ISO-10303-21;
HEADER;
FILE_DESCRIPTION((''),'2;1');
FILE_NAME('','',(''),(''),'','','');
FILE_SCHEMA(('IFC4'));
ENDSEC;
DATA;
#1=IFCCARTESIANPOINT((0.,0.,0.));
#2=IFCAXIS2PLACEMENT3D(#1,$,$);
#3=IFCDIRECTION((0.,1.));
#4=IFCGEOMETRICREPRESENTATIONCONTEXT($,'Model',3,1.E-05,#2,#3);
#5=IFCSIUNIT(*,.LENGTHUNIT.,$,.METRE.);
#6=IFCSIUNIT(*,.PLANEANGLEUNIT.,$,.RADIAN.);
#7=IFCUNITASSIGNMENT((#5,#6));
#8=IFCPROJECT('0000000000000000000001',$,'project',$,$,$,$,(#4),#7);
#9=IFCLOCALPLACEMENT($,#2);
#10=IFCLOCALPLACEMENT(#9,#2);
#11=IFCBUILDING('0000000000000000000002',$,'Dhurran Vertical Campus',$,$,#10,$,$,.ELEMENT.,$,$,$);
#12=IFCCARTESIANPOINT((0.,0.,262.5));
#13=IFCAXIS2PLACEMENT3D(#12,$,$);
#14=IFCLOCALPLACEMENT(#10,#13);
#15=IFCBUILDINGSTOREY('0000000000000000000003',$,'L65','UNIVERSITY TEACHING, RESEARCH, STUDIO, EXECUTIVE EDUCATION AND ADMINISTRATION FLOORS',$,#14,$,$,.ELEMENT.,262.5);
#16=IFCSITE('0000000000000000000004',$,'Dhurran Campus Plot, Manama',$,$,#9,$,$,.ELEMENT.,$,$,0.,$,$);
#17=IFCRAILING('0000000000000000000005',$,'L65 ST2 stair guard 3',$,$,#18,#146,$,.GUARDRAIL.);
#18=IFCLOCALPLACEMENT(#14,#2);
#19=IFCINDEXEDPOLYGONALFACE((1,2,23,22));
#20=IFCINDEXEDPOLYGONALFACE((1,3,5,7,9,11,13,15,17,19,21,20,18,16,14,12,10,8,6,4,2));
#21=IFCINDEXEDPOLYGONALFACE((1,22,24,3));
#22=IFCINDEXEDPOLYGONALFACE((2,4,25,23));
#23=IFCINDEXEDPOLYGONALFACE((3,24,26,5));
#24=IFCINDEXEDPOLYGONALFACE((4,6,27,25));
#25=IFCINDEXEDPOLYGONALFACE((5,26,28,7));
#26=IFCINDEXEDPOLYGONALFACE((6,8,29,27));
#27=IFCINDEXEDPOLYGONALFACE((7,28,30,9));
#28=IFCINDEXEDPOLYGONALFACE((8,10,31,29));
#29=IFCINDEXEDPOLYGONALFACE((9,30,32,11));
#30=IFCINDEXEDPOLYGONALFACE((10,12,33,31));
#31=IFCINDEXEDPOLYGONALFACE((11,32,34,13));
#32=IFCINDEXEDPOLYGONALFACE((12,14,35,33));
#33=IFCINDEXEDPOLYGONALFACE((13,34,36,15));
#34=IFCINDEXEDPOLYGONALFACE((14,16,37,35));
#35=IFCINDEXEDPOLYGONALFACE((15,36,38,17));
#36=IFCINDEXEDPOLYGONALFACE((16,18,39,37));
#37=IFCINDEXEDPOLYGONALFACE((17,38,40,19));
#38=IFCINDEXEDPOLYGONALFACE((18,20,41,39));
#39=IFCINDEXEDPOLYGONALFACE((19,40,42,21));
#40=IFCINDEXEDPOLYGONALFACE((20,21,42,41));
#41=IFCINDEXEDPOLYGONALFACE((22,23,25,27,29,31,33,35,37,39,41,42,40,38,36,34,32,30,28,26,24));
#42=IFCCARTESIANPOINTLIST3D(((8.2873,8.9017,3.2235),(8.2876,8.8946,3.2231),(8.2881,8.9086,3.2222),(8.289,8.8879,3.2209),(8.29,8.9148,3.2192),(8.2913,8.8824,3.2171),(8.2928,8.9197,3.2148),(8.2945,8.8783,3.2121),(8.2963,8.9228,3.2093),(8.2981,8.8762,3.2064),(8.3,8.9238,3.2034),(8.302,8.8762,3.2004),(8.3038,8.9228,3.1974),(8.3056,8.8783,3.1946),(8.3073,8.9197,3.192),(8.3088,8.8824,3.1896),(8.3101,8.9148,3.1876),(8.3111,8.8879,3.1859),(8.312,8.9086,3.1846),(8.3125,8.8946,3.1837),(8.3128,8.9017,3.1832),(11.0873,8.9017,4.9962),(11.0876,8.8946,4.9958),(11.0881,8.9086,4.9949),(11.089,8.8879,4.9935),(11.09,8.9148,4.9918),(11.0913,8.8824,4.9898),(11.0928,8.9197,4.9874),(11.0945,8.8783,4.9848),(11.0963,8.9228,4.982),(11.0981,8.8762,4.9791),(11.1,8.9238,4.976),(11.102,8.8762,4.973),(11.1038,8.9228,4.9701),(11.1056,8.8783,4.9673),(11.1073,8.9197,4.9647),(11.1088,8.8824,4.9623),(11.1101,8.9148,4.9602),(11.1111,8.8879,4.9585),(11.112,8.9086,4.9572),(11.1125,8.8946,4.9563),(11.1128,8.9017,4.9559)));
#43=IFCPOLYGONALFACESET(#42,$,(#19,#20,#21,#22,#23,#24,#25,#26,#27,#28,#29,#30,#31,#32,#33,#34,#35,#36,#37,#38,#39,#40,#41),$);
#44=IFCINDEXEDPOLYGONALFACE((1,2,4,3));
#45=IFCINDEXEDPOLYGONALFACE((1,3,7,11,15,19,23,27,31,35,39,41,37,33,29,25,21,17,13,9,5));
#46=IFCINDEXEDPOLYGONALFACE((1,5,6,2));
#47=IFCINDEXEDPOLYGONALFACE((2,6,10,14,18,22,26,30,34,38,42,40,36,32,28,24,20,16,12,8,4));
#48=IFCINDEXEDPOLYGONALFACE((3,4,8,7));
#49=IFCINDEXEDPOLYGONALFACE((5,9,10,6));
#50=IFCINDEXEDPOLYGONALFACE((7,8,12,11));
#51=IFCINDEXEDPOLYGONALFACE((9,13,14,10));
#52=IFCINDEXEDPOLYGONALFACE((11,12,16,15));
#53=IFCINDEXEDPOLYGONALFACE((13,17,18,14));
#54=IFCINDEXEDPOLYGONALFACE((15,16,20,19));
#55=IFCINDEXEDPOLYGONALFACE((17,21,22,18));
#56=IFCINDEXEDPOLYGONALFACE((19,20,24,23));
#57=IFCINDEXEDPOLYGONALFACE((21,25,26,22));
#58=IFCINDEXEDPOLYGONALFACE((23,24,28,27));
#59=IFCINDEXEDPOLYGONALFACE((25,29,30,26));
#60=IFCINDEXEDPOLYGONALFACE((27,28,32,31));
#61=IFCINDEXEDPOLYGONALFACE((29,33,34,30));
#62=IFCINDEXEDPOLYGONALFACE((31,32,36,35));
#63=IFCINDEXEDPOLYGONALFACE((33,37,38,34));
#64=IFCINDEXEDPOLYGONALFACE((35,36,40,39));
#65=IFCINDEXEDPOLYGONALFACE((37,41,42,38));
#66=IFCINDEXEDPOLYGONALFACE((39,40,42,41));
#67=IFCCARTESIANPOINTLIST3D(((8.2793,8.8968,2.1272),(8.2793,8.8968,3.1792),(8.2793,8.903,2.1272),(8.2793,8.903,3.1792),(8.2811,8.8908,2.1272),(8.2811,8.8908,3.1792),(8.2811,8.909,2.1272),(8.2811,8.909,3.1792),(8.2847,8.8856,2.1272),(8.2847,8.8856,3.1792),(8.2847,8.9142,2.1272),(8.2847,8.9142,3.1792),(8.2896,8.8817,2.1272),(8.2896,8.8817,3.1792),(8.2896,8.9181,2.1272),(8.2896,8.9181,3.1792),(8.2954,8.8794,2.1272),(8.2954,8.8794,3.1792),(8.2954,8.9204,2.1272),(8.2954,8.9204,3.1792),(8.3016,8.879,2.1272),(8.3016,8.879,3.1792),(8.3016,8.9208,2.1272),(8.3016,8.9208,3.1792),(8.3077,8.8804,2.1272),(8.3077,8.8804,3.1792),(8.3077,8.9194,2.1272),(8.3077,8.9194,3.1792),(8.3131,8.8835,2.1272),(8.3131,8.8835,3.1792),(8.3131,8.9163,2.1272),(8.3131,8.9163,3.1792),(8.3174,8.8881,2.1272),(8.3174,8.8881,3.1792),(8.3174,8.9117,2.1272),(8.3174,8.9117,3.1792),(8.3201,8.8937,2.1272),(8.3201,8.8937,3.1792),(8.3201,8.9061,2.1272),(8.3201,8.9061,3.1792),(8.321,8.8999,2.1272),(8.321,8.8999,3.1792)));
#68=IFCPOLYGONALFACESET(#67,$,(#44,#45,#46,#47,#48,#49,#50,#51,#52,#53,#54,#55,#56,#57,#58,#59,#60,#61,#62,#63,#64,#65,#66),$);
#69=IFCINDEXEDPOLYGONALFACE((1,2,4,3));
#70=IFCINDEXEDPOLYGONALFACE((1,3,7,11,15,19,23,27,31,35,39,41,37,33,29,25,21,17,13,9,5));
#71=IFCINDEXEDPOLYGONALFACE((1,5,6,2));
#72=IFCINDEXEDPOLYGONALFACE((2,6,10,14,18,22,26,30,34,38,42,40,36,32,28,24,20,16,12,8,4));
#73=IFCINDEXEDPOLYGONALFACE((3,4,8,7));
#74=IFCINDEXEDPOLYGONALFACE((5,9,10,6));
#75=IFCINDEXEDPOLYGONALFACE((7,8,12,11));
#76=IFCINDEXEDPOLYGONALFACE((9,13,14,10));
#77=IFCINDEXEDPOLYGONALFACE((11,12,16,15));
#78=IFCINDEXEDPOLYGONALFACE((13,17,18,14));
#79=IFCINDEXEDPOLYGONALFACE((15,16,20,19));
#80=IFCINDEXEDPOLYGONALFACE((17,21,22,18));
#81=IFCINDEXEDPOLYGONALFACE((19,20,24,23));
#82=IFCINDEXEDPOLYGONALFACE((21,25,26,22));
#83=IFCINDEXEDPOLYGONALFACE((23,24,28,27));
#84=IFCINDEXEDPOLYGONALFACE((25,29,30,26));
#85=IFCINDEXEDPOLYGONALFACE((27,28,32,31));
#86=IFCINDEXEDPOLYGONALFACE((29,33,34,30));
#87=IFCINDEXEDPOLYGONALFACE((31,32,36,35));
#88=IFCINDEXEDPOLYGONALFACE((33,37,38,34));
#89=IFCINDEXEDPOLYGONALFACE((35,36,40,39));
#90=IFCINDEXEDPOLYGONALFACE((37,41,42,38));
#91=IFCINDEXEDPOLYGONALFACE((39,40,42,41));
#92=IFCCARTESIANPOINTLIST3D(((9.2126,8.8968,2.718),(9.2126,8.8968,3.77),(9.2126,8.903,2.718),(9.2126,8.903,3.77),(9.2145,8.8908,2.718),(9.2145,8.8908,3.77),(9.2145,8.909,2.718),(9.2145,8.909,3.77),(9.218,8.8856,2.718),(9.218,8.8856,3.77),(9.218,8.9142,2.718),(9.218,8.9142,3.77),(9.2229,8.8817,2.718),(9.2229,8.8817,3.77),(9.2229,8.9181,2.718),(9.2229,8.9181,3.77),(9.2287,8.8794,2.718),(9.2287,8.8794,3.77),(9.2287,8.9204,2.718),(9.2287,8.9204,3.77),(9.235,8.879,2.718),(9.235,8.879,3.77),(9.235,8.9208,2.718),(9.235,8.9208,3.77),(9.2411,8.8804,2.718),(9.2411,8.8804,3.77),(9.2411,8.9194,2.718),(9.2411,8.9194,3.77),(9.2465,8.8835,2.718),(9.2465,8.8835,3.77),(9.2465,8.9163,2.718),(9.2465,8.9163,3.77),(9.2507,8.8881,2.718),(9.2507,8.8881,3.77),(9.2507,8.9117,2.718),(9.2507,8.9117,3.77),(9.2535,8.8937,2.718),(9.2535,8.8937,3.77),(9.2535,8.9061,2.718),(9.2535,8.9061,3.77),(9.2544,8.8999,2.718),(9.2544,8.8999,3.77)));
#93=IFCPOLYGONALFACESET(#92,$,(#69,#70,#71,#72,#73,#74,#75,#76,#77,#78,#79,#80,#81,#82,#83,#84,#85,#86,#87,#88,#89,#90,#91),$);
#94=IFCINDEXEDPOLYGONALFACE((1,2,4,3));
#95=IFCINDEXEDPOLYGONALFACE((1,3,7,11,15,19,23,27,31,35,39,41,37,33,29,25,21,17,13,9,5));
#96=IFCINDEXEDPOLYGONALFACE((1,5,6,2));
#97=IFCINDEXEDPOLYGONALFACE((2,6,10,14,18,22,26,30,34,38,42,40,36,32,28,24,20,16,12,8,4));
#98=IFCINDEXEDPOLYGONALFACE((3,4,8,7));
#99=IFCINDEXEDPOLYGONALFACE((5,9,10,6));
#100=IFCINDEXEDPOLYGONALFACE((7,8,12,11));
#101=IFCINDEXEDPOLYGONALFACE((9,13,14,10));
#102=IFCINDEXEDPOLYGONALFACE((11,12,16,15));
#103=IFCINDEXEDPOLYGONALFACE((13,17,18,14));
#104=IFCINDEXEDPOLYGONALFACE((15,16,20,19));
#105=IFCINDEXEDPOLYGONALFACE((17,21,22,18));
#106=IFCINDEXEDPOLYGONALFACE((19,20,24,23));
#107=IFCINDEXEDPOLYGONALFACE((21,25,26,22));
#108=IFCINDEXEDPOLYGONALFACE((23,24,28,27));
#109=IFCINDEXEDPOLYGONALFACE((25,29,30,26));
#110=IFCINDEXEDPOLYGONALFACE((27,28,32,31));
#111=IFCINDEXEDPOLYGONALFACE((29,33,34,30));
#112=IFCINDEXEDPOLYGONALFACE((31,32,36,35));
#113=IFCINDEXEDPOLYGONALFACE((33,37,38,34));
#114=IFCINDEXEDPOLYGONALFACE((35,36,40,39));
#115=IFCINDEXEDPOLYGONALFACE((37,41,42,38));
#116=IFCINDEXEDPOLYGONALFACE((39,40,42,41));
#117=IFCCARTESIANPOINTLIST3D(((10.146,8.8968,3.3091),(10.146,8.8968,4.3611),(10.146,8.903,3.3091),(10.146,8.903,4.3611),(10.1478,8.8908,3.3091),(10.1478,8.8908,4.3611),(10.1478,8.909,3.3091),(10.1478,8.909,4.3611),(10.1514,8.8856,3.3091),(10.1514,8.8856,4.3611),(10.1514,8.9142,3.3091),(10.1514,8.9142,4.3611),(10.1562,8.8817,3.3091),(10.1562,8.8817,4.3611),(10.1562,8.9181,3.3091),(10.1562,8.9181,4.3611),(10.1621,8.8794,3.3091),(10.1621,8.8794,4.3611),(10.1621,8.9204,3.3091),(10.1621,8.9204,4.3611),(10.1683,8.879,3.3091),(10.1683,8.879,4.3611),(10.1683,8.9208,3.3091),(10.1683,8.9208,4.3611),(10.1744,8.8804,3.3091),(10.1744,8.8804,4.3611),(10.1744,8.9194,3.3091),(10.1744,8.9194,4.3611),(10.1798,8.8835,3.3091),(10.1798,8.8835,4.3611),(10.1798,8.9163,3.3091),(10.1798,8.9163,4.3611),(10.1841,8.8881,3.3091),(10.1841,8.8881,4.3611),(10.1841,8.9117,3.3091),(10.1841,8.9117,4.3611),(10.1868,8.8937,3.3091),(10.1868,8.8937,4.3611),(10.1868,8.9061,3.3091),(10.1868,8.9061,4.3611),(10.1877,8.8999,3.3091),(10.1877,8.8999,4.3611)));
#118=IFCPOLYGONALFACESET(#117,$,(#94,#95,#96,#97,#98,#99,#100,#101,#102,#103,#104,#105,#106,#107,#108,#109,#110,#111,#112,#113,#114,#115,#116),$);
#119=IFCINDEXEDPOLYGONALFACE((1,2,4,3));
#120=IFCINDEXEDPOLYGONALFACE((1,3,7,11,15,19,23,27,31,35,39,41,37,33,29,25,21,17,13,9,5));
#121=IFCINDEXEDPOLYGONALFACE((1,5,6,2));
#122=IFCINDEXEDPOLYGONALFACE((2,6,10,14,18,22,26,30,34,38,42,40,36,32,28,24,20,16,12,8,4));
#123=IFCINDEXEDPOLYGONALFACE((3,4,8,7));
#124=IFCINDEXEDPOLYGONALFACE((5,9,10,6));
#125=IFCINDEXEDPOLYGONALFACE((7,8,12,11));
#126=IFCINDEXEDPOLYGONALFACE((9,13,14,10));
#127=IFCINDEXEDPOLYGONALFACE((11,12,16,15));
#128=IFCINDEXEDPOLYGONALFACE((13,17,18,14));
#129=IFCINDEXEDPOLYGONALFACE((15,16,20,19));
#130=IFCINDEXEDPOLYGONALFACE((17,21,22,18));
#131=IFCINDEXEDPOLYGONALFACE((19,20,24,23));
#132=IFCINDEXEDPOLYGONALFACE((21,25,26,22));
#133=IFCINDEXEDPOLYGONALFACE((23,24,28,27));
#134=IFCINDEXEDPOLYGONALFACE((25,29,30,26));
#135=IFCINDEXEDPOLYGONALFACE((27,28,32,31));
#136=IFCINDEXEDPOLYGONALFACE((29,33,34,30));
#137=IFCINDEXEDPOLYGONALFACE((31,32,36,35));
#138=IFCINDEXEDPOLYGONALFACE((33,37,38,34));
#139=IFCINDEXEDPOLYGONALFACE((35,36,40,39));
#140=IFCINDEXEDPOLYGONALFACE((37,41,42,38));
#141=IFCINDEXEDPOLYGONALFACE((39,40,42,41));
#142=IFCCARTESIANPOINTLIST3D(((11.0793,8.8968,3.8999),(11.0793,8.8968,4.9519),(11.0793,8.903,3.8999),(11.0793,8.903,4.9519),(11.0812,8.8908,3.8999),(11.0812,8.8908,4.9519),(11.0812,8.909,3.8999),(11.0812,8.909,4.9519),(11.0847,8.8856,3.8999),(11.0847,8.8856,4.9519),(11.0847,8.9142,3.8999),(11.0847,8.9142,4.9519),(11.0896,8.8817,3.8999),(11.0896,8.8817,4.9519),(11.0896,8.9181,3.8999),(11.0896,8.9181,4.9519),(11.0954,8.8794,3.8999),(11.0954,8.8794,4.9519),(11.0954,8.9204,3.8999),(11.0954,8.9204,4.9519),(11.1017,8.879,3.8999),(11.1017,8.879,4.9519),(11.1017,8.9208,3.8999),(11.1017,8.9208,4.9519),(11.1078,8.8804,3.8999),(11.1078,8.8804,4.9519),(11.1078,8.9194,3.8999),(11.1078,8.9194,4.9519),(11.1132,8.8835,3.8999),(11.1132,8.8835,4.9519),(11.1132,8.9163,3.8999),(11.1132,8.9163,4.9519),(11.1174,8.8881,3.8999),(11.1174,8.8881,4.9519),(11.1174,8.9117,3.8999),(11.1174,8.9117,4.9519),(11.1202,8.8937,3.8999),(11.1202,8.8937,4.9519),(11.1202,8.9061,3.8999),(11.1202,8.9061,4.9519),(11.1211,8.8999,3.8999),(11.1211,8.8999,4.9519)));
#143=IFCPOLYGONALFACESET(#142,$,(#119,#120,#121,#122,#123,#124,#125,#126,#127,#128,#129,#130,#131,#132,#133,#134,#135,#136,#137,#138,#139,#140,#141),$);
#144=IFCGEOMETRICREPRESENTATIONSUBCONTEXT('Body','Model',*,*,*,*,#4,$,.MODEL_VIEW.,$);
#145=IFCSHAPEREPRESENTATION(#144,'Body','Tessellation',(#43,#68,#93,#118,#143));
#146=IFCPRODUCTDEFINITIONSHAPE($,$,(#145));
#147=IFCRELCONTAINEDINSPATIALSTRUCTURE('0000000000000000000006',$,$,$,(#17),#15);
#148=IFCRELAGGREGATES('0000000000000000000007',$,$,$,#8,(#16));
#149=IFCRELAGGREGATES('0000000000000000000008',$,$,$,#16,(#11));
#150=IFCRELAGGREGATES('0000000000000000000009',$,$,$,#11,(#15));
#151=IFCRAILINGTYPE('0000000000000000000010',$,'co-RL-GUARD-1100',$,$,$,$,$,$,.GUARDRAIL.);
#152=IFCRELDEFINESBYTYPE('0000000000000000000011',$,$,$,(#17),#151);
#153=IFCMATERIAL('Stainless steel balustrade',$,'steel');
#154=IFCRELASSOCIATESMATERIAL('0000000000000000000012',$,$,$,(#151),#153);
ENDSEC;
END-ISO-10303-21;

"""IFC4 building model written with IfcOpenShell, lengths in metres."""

from ifc_helpers import new_model, si_unit, direction, frame, origin, origin_2d, place, context, subcontext, project, spatial, circle, extrude, material, type_object, element, save


model = new_model("IFC4")

# Units and contexts
model_context = context("Model", 3, precision=1e-05, world=origin(), true_north=direction((0.0, 1.0)))
body_context = subcontext(model_context, "Body", "Model", "MODEL_VIEW")
ifc_project = project(units=[si_unit("LENGTHUNIT", "METRE"), si_unit("PLANEANGLEUNIT", "RADIAN")], contexts=[model_context])

# Site, building, storey
site_placement = place(None, origin())
site = spatial("IfcSite", under=ifc_project, at=site_placement, Name="Dhurran Campus Plot, Manama", CompositionType="ELEMENT", RefElevation=0.0)
building_placement = place(site_placement, origin())
building = spatial("IfcBuilding", under=site, at=building_placement, Name="Dhurran Vertical Campus", CompositionType="ELEMENT")
storey_placement = place(building_placement, frame((0.0, 0.0, 262.5)))
storey = spatial("IfcBuildingStorey", under=building, at=storey_placement, Name="L65", Description="UNIVERSITY TEACHING, RESEARCH, STUDIO, EXECUTIVE EDUCATION AND ADMINISTRATION FLOORS", CompositionType="ELEMENT", Elevation=262.5)

# Railing
ifc_material_1 = material(Name="Stainless steel balustrade", Category="steel")
railing_type_1 = type_object("IfcRailingType", Name="co-RL-GUARD-1100", PredefinedType="GUARDRAIL", material=ifc_material_1)
railing_1_placement = place(storey_placement, frame((8.3, 8.8999, 2.1272)))
element("IfcRailing", 1, at=railing_1_placement, inside=storey, type_object=railing_type_1, Name="L65 ST2 stair guard 3", PredefinedType="GUARDRAIL", context=body_context, shape_type="SweptSolid", body=[
    extrude(circle(Radius=0.0239, at=origin_2d()), frame((0.0, 0.0, 1.0762), z_axis=(0.844909, 0.0, 0.53491), x_axis=(0.0, 1.0, 0.0)), (0.0, 0.0, 1.0), 3.314),
    extrude(circle(Radius=0.021, at=origin_2d()), origin(), (0.0, 0.0, 1.0), 1.052),
    extrude(circle(Radius=0.021, at=origin_2d()), frame((0.9333, 0.0, 0.5908)), (0.0, 0.0, 1.0), 1.052),
    extrude(circle(Radius=0.021, at=origin_2d()), frame((1.8667, 0.0, 1.1819)), (0.0, 0.0, 1.0), 1.052),
    extrude(circle(Radius=0.021, at=origin_2d()), frame((2.8, 0.0, 1.7727)), (0.0, 0.0, 1.0), 1.052),
])

save(model, "model.ifc")
